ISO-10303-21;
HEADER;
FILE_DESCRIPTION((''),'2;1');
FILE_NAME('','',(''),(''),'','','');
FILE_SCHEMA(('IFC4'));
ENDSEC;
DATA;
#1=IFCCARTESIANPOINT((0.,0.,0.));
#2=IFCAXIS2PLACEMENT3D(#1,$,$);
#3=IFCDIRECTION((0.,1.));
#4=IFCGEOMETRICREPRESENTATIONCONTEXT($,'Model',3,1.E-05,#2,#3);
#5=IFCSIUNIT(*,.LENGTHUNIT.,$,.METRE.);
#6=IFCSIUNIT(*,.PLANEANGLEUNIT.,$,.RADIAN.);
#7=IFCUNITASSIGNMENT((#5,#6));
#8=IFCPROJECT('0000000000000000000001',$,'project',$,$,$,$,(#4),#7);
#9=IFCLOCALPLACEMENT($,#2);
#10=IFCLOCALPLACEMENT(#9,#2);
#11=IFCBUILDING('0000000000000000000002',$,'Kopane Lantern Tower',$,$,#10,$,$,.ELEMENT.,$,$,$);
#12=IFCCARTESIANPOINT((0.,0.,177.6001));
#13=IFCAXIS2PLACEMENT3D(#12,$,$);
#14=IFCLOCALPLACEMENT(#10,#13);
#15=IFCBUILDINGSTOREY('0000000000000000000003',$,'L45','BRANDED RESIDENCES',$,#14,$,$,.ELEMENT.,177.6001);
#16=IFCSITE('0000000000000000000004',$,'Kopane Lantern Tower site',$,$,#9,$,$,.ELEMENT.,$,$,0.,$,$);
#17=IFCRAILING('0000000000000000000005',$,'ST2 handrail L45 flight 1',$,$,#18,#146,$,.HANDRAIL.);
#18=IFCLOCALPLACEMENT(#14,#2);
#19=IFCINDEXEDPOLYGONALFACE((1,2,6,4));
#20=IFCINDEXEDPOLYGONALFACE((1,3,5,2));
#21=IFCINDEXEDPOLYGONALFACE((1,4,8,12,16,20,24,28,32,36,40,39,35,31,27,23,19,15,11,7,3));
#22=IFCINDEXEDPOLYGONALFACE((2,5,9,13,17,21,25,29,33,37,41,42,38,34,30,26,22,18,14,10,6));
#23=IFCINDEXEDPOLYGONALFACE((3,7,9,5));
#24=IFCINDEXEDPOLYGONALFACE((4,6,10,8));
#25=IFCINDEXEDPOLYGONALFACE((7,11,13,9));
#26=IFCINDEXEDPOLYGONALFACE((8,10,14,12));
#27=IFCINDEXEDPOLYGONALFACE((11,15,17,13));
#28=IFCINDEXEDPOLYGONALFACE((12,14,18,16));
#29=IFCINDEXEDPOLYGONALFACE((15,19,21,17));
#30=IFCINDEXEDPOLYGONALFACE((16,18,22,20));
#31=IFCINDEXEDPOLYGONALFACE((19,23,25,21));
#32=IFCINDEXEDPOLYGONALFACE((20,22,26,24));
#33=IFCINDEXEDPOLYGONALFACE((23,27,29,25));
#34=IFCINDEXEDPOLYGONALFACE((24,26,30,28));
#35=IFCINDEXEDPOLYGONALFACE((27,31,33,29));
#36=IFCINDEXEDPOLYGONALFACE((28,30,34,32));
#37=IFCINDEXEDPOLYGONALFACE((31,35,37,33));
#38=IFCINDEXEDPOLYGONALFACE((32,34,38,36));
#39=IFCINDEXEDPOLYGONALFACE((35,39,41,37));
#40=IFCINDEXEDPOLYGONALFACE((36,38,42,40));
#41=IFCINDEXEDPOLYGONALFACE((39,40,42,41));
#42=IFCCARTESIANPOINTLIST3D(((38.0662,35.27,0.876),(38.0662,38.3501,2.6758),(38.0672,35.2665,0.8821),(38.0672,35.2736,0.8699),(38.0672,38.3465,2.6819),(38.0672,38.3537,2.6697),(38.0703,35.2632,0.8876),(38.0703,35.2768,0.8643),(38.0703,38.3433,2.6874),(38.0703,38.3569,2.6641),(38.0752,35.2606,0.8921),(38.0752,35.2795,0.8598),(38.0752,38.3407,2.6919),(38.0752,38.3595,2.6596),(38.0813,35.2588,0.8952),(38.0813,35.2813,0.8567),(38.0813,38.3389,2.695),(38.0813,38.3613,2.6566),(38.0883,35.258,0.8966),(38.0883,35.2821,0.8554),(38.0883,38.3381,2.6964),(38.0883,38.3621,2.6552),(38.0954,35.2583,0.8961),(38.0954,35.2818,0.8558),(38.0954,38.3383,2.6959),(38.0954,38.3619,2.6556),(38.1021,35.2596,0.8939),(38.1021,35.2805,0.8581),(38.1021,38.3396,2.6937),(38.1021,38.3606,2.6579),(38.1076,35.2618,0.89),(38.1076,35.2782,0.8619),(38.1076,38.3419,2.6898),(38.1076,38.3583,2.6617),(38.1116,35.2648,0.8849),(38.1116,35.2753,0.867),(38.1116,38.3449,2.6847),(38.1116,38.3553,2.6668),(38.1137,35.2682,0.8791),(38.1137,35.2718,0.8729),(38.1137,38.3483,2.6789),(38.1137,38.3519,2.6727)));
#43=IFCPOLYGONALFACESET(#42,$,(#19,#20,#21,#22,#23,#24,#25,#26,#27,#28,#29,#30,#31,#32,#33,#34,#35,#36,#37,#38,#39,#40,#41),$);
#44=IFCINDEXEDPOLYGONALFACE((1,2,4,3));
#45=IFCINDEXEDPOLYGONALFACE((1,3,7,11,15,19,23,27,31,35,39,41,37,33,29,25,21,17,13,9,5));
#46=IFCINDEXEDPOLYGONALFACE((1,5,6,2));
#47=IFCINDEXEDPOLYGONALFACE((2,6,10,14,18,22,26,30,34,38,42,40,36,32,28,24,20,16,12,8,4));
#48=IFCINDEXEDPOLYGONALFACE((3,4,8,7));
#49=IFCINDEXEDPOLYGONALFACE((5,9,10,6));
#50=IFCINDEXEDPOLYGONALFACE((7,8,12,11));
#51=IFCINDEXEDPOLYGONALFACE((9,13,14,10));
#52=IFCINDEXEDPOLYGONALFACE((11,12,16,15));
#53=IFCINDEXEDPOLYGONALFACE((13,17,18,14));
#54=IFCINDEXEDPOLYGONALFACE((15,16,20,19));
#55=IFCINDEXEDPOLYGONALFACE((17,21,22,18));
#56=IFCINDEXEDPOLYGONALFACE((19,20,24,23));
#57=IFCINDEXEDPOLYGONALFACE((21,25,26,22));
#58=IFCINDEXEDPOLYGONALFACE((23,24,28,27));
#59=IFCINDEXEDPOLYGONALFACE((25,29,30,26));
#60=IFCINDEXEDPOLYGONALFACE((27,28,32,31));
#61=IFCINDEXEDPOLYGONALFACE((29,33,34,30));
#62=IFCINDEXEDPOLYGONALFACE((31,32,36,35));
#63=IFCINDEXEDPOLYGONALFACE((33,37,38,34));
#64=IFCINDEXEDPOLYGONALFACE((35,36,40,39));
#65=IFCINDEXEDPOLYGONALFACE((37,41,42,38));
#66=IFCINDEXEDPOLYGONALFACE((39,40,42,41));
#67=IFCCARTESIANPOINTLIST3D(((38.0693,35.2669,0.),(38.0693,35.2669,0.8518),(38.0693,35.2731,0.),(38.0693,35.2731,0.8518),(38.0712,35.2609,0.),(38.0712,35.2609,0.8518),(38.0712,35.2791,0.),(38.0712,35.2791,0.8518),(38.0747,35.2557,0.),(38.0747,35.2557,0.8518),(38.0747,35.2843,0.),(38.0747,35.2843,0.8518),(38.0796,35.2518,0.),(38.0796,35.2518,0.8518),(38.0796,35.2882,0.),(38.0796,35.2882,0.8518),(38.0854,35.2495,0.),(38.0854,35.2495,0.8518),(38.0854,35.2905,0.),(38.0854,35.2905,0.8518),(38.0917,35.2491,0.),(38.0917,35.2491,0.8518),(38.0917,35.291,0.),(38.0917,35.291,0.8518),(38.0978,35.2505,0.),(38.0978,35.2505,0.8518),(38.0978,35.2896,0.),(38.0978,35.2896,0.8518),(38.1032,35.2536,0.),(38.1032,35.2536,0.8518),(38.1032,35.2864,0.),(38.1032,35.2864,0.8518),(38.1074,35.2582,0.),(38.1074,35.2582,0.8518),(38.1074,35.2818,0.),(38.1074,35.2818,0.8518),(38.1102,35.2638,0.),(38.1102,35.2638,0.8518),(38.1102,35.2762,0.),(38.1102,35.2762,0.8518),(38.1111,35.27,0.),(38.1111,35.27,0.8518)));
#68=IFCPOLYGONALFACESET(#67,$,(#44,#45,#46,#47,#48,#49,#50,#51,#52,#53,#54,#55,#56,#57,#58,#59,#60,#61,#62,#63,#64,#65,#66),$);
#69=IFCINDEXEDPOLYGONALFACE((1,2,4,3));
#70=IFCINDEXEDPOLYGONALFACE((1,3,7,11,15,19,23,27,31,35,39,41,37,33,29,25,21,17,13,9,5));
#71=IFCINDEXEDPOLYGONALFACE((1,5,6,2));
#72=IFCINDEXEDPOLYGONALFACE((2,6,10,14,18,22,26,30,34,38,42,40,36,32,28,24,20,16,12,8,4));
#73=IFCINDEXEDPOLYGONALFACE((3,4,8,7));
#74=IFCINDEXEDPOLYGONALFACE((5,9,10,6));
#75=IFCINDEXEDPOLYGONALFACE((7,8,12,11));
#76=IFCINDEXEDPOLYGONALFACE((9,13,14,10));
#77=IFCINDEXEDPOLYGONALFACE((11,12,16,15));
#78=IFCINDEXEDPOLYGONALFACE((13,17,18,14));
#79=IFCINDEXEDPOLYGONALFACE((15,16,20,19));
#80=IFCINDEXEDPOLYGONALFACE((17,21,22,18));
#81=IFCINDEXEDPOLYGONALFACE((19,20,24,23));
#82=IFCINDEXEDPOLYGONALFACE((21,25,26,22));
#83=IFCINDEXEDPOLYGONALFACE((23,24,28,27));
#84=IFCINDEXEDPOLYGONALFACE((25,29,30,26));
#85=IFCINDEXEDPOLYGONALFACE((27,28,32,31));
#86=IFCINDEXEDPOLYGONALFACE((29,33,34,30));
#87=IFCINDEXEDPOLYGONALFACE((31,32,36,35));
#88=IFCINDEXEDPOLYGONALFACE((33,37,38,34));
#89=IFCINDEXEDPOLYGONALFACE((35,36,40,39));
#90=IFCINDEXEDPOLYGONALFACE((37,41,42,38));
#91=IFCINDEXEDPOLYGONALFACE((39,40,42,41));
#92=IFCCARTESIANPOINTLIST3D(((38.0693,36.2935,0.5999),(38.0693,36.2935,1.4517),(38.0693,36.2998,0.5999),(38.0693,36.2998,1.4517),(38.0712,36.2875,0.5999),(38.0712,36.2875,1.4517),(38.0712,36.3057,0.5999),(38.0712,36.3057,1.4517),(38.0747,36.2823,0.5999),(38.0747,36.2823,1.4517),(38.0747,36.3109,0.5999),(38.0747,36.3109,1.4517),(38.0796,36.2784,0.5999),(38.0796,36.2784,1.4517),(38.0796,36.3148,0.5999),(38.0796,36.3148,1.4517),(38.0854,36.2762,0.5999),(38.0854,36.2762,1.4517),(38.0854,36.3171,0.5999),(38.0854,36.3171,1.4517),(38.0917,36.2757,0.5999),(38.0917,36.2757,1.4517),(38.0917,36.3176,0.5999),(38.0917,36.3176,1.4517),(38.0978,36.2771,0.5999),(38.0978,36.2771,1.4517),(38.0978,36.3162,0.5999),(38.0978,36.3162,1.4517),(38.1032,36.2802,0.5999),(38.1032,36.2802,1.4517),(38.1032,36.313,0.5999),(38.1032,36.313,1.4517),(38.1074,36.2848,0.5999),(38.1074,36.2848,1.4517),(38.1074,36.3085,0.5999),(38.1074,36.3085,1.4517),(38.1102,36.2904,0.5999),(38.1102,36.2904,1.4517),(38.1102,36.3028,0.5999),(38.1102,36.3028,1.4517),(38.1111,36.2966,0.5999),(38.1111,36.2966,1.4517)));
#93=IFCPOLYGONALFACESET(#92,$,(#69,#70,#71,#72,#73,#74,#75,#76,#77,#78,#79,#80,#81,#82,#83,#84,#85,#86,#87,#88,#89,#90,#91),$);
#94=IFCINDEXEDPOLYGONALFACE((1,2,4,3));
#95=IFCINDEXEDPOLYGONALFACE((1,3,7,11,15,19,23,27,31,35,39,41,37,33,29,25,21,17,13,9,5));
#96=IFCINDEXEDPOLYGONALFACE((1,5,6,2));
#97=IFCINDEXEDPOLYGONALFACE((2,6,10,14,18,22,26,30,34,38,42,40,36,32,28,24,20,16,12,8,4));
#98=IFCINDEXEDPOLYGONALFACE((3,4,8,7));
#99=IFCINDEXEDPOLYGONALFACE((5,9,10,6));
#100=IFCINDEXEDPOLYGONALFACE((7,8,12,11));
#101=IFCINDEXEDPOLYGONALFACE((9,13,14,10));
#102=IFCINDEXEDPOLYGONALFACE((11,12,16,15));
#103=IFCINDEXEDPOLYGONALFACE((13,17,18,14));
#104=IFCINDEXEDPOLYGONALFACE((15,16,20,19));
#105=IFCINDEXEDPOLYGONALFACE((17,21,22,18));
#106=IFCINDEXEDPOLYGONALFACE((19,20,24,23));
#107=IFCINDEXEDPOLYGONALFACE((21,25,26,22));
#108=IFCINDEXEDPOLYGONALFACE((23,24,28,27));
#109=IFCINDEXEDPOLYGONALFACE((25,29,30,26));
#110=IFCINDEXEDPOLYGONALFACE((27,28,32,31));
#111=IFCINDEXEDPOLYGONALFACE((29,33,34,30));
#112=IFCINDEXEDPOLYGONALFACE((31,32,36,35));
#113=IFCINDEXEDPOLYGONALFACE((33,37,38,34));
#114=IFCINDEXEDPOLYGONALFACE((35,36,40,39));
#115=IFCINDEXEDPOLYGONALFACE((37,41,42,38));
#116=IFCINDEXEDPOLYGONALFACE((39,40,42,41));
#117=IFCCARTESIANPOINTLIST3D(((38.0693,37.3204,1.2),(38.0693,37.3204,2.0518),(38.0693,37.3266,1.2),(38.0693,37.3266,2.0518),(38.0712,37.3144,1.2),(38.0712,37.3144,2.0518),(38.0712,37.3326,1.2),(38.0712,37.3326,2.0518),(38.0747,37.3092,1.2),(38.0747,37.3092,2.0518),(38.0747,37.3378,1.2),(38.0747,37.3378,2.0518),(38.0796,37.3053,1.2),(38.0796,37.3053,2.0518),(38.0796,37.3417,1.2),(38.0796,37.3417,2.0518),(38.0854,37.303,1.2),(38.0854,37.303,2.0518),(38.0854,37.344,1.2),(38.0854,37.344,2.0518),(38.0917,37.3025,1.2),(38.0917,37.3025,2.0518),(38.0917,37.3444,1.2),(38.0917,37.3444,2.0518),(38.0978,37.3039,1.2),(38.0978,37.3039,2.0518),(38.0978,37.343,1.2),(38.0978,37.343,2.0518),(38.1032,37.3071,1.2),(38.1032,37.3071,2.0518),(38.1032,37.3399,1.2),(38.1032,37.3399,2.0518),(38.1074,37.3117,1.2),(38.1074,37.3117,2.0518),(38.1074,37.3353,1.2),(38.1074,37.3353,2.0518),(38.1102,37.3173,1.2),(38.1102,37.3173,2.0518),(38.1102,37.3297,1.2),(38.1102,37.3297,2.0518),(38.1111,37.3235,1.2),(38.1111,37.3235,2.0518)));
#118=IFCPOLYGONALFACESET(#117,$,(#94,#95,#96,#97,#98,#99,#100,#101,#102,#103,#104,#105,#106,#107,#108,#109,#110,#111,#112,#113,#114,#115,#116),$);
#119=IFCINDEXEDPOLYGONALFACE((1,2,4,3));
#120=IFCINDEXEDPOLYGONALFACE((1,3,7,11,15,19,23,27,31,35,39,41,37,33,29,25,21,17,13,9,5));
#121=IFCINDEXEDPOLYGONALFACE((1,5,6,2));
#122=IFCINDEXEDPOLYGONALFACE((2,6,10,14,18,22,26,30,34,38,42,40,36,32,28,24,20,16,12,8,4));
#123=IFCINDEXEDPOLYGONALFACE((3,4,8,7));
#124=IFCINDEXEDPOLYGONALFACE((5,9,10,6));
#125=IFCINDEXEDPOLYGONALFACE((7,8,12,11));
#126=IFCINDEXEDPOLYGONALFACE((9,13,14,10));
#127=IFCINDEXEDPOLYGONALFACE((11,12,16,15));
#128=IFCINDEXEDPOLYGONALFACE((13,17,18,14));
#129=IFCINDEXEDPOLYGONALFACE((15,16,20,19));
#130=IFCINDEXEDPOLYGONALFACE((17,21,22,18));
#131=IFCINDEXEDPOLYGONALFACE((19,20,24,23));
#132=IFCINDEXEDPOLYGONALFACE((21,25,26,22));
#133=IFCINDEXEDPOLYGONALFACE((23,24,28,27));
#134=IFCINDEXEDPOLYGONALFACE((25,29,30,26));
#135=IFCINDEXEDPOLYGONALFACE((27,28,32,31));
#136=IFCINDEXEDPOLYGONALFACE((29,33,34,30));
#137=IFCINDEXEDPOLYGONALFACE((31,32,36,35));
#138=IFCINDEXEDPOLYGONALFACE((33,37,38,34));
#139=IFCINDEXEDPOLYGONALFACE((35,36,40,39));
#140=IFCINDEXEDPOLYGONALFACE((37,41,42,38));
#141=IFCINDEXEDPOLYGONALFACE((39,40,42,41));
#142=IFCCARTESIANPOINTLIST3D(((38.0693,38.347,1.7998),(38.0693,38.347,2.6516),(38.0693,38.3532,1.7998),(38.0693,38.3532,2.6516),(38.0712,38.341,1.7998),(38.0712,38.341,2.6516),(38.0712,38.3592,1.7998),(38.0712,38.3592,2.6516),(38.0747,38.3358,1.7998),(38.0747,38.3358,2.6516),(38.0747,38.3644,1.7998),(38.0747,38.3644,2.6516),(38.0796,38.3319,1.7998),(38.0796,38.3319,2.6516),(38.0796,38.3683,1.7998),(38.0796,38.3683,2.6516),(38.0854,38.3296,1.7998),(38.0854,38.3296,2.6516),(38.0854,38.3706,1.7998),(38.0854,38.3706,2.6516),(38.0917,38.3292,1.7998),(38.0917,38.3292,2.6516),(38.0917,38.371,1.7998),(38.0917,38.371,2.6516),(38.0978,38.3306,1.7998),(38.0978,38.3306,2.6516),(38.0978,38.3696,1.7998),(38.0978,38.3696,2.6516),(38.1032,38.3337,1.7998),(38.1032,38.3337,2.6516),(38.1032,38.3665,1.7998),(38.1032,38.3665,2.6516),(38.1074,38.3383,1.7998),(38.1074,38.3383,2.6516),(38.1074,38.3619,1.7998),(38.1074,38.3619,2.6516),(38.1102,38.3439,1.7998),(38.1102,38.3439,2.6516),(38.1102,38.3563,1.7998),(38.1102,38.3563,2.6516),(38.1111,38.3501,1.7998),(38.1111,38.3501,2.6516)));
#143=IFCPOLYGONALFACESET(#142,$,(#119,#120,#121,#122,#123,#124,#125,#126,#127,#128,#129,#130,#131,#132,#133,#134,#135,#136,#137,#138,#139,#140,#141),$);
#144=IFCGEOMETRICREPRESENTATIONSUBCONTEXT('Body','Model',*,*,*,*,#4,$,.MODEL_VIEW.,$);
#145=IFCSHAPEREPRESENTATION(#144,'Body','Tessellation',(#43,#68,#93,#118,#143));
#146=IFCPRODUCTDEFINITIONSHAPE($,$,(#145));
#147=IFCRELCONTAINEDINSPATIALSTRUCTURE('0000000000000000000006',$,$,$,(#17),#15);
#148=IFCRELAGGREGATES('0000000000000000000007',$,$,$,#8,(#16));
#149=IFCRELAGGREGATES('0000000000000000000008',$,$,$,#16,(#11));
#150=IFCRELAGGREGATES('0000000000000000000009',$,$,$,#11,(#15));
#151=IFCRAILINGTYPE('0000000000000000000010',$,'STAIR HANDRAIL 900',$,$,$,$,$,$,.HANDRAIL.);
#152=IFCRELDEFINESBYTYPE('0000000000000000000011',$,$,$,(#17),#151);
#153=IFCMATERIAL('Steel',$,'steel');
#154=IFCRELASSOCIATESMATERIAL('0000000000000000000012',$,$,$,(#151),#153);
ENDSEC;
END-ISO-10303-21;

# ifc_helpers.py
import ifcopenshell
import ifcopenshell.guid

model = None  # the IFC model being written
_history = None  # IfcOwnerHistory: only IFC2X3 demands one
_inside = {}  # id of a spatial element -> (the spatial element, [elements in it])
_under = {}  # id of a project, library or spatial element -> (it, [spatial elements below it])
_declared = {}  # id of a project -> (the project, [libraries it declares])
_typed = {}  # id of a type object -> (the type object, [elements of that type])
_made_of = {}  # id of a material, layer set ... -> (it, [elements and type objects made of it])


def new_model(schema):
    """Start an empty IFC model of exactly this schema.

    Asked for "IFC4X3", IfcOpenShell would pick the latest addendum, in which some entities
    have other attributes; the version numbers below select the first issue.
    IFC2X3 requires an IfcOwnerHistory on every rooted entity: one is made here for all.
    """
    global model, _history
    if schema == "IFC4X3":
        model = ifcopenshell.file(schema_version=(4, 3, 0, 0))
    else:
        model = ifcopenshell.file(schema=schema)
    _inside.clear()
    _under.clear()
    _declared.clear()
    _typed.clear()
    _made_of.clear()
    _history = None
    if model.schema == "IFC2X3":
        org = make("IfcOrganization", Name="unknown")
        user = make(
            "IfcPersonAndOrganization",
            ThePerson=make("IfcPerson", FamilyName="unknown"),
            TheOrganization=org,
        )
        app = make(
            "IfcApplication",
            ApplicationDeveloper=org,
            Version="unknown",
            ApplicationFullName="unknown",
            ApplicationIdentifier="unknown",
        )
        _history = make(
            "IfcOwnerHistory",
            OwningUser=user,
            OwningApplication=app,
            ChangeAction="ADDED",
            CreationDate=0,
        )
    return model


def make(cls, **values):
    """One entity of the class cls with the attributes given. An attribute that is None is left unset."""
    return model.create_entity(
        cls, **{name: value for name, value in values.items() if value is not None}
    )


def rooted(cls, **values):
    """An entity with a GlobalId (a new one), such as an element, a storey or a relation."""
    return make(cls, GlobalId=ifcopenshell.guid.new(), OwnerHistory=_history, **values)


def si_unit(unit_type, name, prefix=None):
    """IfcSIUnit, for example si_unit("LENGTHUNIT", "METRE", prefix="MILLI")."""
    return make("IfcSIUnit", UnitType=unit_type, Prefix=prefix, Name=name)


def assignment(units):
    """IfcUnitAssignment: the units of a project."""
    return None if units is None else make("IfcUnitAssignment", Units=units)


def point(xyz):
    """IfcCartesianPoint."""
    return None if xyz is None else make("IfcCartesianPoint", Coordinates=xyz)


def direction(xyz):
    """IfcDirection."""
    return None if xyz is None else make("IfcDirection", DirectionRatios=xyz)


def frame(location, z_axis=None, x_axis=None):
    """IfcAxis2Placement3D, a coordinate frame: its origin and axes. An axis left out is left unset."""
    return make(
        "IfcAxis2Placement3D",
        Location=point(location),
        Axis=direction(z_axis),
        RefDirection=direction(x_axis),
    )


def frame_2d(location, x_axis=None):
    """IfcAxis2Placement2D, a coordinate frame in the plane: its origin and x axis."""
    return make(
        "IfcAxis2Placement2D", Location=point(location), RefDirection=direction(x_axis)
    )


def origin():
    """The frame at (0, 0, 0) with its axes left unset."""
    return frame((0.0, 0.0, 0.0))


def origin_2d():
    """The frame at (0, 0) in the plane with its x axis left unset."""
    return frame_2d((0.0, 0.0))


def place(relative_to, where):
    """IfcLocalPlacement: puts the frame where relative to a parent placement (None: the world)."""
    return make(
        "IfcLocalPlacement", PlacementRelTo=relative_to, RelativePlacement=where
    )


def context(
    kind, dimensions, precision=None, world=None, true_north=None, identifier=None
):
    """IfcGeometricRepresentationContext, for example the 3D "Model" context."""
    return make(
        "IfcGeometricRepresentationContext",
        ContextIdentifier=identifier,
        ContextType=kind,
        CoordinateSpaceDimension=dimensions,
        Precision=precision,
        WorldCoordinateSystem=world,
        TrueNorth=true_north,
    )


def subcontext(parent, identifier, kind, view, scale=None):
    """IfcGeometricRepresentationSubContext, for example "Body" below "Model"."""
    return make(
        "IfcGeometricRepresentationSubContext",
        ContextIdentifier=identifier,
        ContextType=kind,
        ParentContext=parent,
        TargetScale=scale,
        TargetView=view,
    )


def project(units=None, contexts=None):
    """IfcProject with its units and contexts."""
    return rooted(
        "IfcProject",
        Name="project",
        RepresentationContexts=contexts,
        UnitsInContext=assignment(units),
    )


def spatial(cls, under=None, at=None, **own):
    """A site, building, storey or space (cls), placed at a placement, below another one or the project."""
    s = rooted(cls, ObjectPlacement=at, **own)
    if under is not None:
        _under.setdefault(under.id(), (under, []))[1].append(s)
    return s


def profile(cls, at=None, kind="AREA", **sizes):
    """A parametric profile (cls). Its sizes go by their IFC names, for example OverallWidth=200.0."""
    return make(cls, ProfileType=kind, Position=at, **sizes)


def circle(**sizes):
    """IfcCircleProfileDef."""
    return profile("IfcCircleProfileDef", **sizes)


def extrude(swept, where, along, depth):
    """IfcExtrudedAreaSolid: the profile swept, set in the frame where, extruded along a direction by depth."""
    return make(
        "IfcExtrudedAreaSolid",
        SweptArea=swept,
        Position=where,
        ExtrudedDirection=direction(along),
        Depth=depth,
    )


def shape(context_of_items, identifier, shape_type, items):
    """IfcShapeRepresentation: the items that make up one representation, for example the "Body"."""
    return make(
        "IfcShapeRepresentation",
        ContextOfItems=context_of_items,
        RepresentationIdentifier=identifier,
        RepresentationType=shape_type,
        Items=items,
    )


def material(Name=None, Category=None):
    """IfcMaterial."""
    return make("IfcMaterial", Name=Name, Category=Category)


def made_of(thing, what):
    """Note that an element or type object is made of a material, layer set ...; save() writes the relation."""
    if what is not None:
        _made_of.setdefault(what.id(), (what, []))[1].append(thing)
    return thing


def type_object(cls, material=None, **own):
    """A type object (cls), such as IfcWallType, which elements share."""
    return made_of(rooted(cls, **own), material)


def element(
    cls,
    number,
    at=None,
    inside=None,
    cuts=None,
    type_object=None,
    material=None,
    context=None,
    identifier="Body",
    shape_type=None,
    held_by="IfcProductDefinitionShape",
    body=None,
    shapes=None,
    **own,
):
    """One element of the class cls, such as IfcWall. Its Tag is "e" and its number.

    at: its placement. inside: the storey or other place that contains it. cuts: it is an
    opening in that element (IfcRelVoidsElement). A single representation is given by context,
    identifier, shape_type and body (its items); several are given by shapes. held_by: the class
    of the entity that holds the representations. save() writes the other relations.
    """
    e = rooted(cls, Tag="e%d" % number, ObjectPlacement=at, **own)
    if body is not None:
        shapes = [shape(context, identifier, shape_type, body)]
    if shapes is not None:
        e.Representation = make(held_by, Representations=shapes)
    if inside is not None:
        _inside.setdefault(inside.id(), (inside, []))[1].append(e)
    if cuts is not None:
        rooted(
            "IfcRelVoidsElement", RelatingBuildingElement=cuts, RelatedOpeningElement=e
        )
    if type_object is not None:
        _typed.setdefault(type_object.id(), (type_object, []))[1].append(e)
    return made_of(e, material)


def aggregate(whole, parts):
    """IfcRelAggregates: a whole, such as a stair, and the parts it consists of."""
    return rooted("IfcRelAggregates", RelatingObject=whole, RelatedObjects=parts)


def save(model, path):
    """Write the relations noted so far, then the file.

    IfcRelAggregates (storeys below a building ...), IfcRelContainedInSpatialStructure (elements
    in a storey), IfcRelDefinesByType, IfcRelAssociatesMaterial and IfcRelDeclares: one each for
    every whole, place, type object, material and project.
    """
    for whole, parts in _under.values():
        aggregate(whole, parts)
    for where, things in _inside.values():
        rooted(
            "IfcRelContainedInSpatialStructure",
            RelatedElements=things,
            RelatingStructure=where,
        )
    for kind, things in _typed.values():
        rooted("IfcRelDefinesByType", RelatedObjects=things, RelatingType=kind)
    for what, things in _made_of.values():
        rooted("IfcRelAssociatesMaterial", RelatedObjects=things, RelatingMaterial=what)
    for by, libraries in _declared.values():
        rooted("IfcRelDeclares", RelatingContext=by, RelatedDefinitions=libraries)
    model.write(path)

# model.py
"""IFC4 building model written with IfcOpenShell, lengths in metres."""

from ifc_helpers import new_model, si_unit, direction, frame, origin, origin_2d, place, context, subcontext, project, spatial, circle, extrude, material, type_object, element, save


model = new_model("IFC4")

# Units and contexts
model_context = context("Model", 3, precision=1e-05, world=origin(), true_north=direction((0.0, 1.0)))
body_context = subcontext(model_context, "Body", "Model", "MODEL_VIEW")
ifc_project = project(units=[si_unit("LENGTHUNIT", "METRE"), si_unit("PLANEANGLEUNIT", "RADIAN")], contexts=[model_context])

# Site, building, storey
site_placement = place(None, origin())
site = spatial("IfcSite", under=ifc_project, at=site_placement, Name="Kopane Lantern Tower site", CompositionType="ELEMENT", RefElevation=0.0)
building_placement = place(site_placement, origin())
building = spatial("IfcBuilding", under=site, at=building_placement, Name="Kopane Lantern Tower", CompositionType="ELEMENT")
storey_placement = place(building_placement, frame((0.0, 0.0, 177.6001)))
storey = spatial("IfcBuildingStorey", under=building, at=storey_placement, Name="L45", Description="BRANDED RESIDENCES", CompositionType="ELEMENT", Elevation=177.6001)

# Railing
ifc_material_1 = material(Name="Steel", Category="steel")
railing_type_1 = type_object("IfcRailingType", Name="STAIR HANDRAIL 900", PredefinedType="HANDRAIL", material=ifc_material_1)
for number, where, name in (
    (1, (38.0901, 35.27, 0.0), "ST2 handrail L45 flight 1"),
):
    element("IfcRailing", number, at=place(storey_placement, frame(where)), inside=storey, type_object=railing_type_1, Name=name, PredefinedType="HANDRAIL", context=body_context, shape_type="SweptSolid", body=[
        extrude(circle(Radius=0.0239, at=origin_2d()), frame((0.0, 0.0, 0.876), z_axis=(0.0, 0.863401, 0.504518), x_axis=(-1.0, 0.0, 0.0)), (0.0, 0.0, 1.0), 3.5674),
        extrude(circle(Radius=0.021, at=origin_2d()), origin(), (0.0, 0.0, 1.0), 0.8518),
        extrude(circle(Radius=0.021, at=origin_2d()), frame((0.0, 1.0266, 0.5999)), (0.0, 0.0, 1.0), 0.8518),
        extrude(circle(Radius=0.021, at=origin_2d()), frame((0.0, 2.0535, 1.2)), (0.0, 0.0, 1.0), 0.8518),
        extrude(circle(Radius=0.021, at=origin_2d()), frame((0.0, 3.0801, 1.7998)), (0.0, 0.0, 1.0), 0.8518),
    ])

save(model, "model.ifc")
